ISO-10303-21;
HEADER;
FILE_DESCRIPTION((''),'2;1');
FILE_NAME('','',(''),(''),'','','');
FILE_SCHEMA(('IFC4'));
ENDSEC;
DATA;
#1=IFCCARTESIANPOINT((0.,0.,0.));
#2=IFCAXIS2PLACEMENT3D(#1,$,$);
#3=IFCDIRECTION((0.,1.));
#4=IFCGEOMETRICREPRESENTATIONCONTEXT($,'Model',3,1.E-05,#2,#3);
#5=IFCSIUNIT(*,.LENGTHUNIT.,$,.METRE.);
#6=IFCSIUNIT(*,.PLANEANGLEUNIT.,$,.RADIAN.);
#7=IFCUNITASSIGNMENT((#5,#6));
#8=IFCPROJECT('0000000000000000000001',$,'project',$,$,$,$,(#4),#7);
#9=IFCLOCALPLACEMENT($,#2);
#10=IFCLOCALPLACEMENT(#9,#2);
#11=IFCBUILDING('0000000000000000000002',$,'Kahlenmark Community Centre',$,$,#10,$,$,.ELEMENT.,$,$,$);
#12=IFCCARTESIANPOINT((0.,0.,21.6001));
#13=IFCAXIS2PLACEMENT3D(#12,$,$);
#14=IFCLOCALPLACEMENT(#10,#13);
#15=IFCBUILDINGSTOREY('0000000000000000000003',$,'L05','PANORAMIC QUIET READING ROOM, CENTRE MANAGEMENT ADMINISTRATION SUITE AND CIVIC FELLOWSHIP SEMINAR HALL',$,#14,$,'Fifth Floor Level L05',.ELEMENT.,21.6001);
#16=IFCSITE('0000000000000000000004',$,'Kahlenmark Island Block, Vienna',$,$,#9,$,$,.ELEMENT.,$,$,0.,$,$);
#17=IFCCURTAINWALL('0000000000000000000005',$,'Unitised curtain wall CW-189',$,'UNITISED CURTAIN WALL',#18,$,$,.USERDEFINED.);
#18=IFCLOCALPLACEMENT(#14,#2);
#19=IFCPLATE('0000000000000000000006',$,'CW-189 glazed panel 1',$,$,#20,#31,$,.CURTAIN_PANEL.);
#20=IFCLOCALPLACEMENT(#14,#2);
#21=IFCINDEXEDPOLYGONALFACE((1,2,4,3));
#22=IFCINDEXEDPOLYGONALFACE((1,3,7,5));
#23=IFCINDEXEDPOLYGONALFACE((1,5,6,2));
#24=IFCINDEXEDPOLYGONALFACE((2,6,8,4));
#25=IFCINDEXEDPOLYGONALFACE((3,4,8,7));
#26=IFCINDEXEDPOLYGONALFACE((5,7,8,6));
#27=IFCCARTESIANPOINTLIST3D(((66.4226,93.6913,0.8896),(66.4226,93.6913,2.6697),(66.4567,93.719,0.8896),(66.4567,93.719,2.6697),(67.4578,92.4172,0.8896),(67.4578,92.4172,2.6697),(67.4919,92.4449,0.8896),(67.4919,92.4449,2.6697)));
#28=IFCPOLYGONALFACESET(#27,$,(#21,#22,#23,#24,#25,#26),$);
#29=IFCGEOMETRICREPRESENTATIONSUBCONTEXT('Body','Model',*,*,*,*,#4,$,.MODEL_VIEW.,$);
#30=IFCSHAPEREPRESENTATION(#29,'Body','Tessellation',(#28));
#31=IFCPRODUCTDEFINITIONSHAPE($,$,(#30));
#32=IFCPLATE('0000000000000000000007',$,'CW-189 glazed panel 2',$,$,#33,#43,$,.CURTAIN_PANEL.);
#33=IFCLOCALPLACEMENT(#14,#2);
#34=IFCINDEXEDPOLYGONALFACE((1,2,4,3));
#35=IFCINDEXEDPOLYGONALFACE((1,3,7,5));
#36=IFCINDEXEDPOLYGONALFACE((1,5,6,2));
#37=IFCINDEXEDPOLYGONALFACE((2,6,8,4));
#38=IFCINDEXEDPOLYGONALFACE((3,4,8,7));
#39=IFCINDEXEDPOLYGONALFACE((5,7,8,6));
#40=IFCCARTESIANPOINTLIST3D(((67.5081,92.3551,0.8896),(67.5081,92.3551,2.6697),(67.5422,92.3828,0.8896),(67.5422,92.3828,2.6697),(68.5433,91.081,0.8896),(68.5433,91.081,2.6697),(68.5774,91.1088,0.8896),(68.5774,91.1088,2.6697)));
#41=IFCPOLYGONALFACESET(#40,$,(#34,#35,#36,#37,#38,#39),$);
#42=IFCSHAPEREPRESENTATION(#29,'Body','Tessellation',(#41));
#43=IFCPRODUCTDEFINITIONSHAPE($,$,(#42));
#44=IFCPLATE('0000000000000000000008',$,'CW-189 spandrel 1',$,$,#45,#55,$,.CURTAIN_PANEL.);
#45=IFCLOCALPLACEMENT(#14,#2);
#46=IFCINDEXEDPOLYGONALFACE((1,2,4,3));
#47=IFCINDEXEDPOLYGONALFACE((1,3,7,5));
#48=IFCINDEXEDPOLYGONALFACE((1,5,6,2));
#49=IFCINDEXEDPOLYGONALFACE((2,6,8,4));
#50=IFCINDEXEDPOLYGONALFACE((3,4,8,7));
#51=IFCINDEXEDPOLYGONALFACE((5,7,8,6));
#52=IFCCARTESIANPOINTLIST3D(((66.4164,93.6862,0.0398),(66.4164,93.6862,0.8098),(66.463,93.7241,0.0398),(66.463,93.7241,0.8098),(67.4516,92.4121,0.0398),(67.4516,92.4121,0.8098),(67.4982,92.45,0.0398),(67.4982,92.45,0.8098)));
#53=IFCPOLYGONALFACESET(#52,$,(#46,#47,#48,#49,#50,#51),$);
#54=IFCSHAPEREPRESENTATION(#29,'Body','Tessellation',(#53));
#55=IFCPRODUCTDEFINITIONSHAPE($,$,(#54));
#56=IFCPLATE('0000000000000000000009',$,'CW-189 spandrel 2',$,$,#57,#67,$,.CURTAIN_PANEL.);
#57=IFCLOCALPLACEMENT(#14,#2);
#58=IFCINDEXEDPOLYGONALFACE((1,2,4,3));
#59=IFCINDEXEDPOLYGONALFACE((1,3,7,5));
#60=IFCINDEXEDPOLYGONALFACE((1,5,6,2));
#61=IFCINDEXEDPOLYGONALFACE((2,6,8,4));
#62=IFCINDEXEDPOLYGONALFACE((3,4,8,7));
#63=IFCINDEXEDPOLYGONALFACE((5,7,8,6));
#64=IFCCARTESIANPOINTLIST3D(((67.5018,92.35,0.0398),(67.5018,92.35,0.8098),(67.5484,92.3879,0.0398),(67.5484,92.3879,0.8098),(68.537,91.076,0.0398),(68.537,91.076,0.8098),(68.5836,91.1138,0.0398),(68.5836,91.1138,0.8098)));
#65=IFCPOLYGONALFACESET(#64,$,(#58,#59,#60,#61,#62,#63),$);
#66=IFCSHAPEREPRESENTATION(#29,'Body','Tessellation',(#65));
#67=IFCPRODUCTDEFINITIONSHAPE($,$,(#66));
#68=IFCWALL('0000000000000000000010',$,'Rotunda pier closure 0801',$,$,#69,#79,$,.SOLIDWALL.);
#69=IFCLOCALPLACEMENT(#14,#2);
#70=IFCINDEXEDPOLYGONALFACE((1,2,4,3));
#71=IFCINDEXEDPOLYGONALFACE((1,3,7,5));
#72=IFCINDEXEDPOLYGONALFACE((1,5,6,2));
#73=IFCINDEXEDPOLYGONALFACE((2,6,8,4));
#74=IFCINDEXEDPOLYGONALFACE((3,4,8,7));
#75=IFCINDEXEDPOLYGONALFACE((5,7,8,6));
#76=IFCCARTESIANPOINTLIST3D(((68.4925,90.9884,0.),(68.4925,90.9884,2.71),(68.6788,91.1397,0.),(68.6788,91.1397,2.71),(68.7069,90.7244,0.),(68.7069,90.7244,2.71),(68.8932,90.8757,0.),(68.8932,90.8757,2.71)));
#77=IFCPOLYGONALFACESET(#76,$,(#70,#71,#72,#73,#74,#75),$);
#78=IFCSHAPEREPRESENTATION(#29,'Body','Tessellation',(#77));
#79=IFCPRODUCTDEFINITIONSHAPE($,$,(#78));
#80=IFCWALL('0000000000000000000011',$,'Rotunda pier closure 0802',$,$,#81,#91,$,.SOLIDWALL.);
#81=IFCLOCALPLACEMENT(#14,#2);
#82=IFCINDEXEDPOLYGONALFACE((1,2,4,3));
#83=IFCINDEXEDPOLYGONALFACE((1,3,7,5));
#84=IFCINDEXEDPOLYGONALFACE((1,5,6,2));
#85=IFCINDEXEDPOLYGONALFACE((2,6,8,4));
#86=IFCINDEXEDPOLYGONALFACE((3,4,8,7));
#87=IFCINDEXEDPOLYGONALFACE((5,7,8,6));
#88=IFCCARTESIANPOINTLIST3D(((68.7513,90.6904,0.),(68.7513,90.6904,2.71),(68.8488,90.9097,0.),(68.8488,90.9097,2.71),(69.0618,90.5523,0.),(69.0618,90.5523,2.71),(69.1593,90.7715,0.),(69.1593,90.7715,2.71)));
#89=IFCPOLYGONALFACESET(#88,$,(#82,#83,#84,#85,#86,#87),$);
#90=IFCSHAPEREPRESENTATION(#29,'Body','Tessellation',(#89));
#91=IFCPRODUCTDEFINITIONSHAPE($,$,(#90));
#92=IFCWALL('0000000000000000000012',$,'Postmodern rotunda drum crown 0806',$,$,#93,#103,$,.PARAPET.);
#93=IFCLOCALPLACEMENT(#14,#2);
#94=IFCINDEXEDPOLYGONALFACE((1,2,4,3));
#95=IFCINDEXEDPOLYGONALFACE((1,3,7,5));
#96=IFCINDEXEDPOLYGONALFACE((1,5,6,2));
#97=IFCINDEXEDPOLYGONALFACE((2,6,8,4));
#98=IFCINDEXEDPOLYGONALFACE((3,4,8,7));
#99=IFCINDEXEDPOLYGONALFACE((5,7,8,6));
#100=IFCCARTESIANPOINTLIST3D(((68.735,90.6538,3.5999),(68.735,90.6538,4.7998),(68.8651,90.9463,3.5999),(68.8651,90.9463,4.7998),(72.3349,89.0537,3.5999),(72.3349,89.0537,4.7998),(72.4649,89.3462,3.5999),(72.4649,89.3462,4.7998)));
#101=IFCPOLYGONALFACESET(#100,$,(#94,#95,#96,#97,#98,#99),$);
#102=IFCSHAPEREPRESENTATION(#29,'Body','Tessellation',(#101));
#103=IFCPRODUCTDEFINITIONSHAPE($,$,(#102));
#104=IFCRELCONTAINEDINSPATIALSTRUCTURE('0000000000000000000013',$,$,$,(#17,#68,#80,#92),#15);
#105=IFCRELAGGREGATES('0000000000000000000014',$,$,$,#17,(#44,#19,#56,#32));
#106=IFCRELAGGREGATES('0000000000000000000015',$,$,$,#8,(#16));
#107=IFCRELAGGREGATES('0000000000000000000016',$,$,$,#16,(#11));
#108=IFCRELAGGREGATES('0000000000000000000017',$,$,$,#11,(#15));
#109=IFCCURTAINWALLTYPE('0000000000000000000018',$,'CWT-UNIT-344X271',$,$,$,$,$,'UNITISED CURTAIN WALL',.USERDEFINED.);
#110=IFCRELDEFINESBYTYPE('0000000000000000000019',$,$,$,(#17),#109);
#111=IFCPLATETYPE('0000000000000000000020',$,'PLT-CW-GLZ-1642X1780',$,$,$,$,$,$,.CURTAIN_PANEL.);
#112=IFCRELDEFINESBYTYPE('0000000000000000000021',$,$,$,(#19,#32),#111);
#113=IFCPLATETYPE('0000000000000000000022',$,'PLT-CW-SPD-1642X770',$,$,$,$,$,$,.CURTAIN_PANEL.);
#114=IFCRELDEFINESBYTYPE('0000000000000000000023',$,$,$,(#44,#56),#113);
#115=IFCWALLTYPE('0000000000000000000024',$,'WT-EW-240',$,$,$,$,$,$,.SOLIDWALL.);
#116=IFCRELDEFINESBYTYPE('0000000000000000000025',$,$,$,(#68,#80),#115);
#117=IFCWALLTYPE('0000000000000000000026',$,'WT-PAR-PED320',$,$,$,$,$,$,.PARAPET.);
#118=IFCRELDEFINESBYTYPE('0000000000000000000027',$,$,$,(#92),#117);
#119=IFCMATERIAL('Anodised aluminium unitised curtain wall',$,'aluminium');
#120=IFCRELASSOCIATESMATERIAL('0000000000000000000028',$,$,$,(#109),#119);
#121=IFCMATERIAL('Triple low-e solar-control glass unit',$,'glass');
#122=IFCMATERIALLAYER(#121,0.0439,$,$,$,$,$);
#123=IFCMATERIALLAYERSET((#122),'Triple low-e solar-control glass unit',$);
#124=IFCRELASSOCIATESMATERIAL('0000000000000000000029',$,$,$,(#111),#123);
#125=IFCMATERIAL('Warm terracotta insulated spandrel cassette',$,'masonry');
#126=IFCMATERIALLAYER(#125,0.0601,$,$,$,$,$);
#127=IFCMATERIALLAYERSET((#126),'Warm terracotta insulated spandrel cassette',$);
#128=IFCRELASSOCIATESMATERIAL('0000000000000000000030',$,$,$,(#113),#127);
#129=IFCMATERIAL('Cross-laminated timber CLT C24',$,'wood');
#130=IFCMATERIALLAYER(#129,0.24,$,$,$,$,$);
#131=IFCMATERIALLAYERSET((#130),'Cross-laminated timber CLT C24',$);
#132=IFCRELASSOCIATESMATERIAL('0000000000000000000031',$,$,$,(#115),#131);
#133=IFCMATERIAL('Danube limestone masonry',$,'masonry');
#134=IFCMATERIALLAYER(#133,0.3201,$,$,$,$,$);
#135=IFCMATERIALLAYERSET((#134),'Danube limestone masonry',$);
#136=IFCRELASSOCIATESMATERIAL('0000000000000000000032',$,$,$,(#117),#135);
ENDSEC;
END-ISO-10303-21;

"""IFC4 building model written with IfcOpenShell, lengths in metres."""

from ifc_helpers import new_model, si_unit, direction, frame, frame_2d, origin, origin_2d, place, context, subcontext, project, spatial, rectangle, extrude, material, layer, layer_set, type_object, element, aggregate, save


model = new_model("IFC4")

# Units and contexts
model_context = context("Model", 3, precision=1e-05, world=origin(), true_north=direction((0.0, 1.0)))
body_context = subcontext(model_context, "Body", "Model", "MODEL_VIEW")
ifc_project = project(units=[si_unit("LENGTHUNIT", "METRE"), si_unit("PLANEANGLEUNIT", "RADIAN")], contexts=[model_context])

# Site, building, storey
site_placement = place(None, origin())
site = spatial("IfcSite", under=ifc_project, at=site_placement, Name="Kahlenmark Island Block, Vienna", CompositionType="ELEMENT", RefElevation=0.0)
building_placement = place(site_placement, origin())
building = spatial("IfcBuilding", under=site, at=building_placement, Name="Kahlenmark Community Centre", CompositionType="ELEMENT")
storey_placement = place(building_placement, frame((0.0, 0.0, 21.6001)))
storey = spatial("IfcBuildingStorey", under=building, at=storey_placement, Name="L05", Description="PANORAMIC QUIET READING ROOM, CENTRE MANAGEMENT ADMINISTRATION SUITE AND CIVIC FELLOWSHIP SEMINAR HALL", LongName="Fifth Floor Level L05", CompositionType="ELEMENT", Elevation=21.6001)

# Curtain wall
ifc_material_1 = material(Name="Anodised aluminium unitised curtain wall", Category="aluminium")
curtain_wall_type_1 = type_object("IfcCurtainWallType", Name="CWT-UNIT-344X271", ElementType="UNITISED CURTAIN WALL", PredefinedType="USERDEFINED", material=ifc_material_1)
curtain_wall_1_placement = place(storey_placement, origin())
curtain_wall_1 = element("IfcCurtainWall", 1, at=curtain_wall_1_placement, inside=storey, type_object=curtain_wall_type_1, Name="Unitised curtain wall CW-189", ObjectType="UNITISED CURTAIN WALL", PredefinedType="USERDEFINED")

# Plates
ifc_material_2 = material(Name="Triple low-e solar-control glass unit", Category="glass")
ifc_layer_1 = layer(ifc_material_2, 0.0439)
ifc_layer_set_1 = layer_set([ifc_layer_1], Name="Triple low-e solar-control glass unit")
plate_type_1 = type_object("IfcPlateType", Name="PLT-CW-GLZ-1642X1780", PredefinedType="CURTAIN_PANEL", material=ifc_layer_set_1)
plate_1_placement = place(storey_placement, frame((66.9573, 93.0681, 0.8896), z_axis=(0.0, 0.0, 1.0), x_axis=(0.630599, -0.776109, 0.0)))
plate_1 = element("IfcPlate", 2, at=plate_1_placement, type_object=plate_type_1, Name="CW-189 glazed panel 1", PredefinedType="CURTAIN_PANEL", context=body_context, shape_type="SweptSolid", body=[
    extrude(rectangle(XDim=1.6416, YDim=0.0439, at=origin_2d()), origin(), (0.0, 0.0, 1.0), 1.78),
])
plate_2_placement = place(storey_placement, frame((68.0427, 91.7319, 0.8896), z_axis=(0.0, 0.0, 1.0), x_axis=(0.630599, -0.776109, 0.0)))
plate_2 = element("IfcPlate", 3, at=plate_2_placement, type_object=plate_type_1, Name="CW-189 glazed panel 2", PredefinedType="CURTAIN_PANEL", context=body_context, shape_type="SweptSolid", body=[
    extrude(rectangle(XDim=1.6416, YDim=0.0439, at=origin_2d()), origin(), (0.0, 0.0, 1.0), 1.78),
])
ifc_material_3 = material(Name="Warm terracotta insulated spandrel cassette", Category="masonry")
ifc_layer_2 = layer(ifc_material_3, 0.0601)
ifc_layer_set_2 = layer_set([ifc_layer_2], Name="Warm terracotta insulated spandrel cassette")
plate_type_2 = type_object("IfcPlateType", Name="PLT-CW-SPD-1642X770", PredefinedType="CURTAIN_PANEL", material=ifc_layer_set_2)
plate_3_placement = place(storey_placement, frame((66.9573, 93.0681, 0.0398), z_axis=(0.0, 0.0, 1.0), x_axis=(0.630599, -0.776109, 0.0)))
plate_3 = element("IfcPlate", 4, at=plate_3_placement, type_object=plate_type_2, Name="CW-189 spandrel 1", PredefinedType="CURTAIN_PANEL", context=body_context, shape_type="SweptSolid", body=[
    extrude(rectangle(XDim=1.6416, YDim=0.0601, at=origin_2d()), origin(), (0.0, 0.0, 1.0), 0.77),
])
plate_4_placement = place(storey_placement, frame((68.0427, 91.7319, 0.0398), z_axis=(0.0, 0.0, 1.0), x_axis=(0.630599, -0.776109, 0.0)))
plate_4 = element("IfcPlate", 5, at=plate_4_placement, type_object=plate_type_2, Name="CW-189 spandrel 2", PredefinedType="CURTAIN_PANEL", context=body_context, shape_type="SweptSolid", body=[
    extrude(rectangle(XDim=1.6416, YDim=0.0601, at=origin_2d()), origin(), (0.0, 0.0, 1.0), 0.77),
])
aggregate(curtain_wall_1, [plate_3, plate_1, plate_4, plate_2])

# Walls
ifc_material_4 = material(Name="Cross-laminated timber CLT C24", Category="wood")
ifc_layer_3 = layer(ifc_material_4, 0.24)
ifc_layer_set_3 = layer_set([ifc_layer_3], Name="Cross-laminated timber CLT C24")
wall_type_1 = type_object("IfcWallType", Name="WT-EW-240", PredefinedType="SOLIDWALL", material=ifc_layer_set_3)
wall_1_placement = place(storey_placement, frame((68.5857, 91.064, 0.0), z_axis=(0.0, 0.0, 1.0), x_axis=(0.630457, -0.776224, 0.0)))
element("IfcWall", 6, at=wall_1_placement, inside=storey, type_object=wall_type_1, Name="Rotunda pier closure 0801", PredefinedType="SOLIDWALL", context=body_context, shape_type="SweptSolid", body=[
    extrude(rectangle(XDim=0.3401, YDim=0.24, at=frame_2d((0.1699, 0.0))), origin(), (0.0, 0.0, 1.0), 2.71),
])
wall_2_placement = place(storey_placement, frame((68.8, 90.8, 0.0), z_axis=(0.0, 0.0, 1.0), x_axis=(0.913634, -0.406538, 0.0)))
element("IfcWall", 7, at=wall_2_placement, inside=storey, type_object=wall_type_1, Name="Rotunda pier closure 0802", PredefinedType="SOLIDWALL", context=body_context, shape_type="SweptSolid", body=[
    extrude(rectangle(XDim=0.3398, YDim=0.24, at=frame_2d((0.1699, 0.0))), origin(), (0.0, 0.0, 1.0), 2.71),
])
ifc_material_5 = material(Name="Danube limestone masonry", Category="masonry")
ifc_layer_4 = layer(ifc_material_5, 0.3201)
ifc_layer_set_4 = layer_set([ifc_layer_4], Name="Danube limestone masonry")
wall_type_2 = type_object("IfcWallType", Name="WT-PAR-PED320", PredefinedType="PARAPET", material=ifc_layer_set_4)
wall_3_placement = place(storey_placement, frame((68.8, 90.8, 3.5999), z_axis=(0.0, 0.0, 1.0), x_axis=(0.913796, -0.406173, 0.0)))
element("IfcWall", 8, at=wall_3_placement, inside=storey, type_object=wall_type_2, Name="Postmodern rotunda drum crown 0806", PredefinedType="PARAPET", context=body_context, shape_type="SweptSolid", body=[
    extrude(rectangle(XDim=3.9395, YDim=0.3201, at=frame_2d((1.9697, 0.0))), origin(), (0.0, 0.0, 1.0), 1.2),
])

save(model, "model.ifc")
